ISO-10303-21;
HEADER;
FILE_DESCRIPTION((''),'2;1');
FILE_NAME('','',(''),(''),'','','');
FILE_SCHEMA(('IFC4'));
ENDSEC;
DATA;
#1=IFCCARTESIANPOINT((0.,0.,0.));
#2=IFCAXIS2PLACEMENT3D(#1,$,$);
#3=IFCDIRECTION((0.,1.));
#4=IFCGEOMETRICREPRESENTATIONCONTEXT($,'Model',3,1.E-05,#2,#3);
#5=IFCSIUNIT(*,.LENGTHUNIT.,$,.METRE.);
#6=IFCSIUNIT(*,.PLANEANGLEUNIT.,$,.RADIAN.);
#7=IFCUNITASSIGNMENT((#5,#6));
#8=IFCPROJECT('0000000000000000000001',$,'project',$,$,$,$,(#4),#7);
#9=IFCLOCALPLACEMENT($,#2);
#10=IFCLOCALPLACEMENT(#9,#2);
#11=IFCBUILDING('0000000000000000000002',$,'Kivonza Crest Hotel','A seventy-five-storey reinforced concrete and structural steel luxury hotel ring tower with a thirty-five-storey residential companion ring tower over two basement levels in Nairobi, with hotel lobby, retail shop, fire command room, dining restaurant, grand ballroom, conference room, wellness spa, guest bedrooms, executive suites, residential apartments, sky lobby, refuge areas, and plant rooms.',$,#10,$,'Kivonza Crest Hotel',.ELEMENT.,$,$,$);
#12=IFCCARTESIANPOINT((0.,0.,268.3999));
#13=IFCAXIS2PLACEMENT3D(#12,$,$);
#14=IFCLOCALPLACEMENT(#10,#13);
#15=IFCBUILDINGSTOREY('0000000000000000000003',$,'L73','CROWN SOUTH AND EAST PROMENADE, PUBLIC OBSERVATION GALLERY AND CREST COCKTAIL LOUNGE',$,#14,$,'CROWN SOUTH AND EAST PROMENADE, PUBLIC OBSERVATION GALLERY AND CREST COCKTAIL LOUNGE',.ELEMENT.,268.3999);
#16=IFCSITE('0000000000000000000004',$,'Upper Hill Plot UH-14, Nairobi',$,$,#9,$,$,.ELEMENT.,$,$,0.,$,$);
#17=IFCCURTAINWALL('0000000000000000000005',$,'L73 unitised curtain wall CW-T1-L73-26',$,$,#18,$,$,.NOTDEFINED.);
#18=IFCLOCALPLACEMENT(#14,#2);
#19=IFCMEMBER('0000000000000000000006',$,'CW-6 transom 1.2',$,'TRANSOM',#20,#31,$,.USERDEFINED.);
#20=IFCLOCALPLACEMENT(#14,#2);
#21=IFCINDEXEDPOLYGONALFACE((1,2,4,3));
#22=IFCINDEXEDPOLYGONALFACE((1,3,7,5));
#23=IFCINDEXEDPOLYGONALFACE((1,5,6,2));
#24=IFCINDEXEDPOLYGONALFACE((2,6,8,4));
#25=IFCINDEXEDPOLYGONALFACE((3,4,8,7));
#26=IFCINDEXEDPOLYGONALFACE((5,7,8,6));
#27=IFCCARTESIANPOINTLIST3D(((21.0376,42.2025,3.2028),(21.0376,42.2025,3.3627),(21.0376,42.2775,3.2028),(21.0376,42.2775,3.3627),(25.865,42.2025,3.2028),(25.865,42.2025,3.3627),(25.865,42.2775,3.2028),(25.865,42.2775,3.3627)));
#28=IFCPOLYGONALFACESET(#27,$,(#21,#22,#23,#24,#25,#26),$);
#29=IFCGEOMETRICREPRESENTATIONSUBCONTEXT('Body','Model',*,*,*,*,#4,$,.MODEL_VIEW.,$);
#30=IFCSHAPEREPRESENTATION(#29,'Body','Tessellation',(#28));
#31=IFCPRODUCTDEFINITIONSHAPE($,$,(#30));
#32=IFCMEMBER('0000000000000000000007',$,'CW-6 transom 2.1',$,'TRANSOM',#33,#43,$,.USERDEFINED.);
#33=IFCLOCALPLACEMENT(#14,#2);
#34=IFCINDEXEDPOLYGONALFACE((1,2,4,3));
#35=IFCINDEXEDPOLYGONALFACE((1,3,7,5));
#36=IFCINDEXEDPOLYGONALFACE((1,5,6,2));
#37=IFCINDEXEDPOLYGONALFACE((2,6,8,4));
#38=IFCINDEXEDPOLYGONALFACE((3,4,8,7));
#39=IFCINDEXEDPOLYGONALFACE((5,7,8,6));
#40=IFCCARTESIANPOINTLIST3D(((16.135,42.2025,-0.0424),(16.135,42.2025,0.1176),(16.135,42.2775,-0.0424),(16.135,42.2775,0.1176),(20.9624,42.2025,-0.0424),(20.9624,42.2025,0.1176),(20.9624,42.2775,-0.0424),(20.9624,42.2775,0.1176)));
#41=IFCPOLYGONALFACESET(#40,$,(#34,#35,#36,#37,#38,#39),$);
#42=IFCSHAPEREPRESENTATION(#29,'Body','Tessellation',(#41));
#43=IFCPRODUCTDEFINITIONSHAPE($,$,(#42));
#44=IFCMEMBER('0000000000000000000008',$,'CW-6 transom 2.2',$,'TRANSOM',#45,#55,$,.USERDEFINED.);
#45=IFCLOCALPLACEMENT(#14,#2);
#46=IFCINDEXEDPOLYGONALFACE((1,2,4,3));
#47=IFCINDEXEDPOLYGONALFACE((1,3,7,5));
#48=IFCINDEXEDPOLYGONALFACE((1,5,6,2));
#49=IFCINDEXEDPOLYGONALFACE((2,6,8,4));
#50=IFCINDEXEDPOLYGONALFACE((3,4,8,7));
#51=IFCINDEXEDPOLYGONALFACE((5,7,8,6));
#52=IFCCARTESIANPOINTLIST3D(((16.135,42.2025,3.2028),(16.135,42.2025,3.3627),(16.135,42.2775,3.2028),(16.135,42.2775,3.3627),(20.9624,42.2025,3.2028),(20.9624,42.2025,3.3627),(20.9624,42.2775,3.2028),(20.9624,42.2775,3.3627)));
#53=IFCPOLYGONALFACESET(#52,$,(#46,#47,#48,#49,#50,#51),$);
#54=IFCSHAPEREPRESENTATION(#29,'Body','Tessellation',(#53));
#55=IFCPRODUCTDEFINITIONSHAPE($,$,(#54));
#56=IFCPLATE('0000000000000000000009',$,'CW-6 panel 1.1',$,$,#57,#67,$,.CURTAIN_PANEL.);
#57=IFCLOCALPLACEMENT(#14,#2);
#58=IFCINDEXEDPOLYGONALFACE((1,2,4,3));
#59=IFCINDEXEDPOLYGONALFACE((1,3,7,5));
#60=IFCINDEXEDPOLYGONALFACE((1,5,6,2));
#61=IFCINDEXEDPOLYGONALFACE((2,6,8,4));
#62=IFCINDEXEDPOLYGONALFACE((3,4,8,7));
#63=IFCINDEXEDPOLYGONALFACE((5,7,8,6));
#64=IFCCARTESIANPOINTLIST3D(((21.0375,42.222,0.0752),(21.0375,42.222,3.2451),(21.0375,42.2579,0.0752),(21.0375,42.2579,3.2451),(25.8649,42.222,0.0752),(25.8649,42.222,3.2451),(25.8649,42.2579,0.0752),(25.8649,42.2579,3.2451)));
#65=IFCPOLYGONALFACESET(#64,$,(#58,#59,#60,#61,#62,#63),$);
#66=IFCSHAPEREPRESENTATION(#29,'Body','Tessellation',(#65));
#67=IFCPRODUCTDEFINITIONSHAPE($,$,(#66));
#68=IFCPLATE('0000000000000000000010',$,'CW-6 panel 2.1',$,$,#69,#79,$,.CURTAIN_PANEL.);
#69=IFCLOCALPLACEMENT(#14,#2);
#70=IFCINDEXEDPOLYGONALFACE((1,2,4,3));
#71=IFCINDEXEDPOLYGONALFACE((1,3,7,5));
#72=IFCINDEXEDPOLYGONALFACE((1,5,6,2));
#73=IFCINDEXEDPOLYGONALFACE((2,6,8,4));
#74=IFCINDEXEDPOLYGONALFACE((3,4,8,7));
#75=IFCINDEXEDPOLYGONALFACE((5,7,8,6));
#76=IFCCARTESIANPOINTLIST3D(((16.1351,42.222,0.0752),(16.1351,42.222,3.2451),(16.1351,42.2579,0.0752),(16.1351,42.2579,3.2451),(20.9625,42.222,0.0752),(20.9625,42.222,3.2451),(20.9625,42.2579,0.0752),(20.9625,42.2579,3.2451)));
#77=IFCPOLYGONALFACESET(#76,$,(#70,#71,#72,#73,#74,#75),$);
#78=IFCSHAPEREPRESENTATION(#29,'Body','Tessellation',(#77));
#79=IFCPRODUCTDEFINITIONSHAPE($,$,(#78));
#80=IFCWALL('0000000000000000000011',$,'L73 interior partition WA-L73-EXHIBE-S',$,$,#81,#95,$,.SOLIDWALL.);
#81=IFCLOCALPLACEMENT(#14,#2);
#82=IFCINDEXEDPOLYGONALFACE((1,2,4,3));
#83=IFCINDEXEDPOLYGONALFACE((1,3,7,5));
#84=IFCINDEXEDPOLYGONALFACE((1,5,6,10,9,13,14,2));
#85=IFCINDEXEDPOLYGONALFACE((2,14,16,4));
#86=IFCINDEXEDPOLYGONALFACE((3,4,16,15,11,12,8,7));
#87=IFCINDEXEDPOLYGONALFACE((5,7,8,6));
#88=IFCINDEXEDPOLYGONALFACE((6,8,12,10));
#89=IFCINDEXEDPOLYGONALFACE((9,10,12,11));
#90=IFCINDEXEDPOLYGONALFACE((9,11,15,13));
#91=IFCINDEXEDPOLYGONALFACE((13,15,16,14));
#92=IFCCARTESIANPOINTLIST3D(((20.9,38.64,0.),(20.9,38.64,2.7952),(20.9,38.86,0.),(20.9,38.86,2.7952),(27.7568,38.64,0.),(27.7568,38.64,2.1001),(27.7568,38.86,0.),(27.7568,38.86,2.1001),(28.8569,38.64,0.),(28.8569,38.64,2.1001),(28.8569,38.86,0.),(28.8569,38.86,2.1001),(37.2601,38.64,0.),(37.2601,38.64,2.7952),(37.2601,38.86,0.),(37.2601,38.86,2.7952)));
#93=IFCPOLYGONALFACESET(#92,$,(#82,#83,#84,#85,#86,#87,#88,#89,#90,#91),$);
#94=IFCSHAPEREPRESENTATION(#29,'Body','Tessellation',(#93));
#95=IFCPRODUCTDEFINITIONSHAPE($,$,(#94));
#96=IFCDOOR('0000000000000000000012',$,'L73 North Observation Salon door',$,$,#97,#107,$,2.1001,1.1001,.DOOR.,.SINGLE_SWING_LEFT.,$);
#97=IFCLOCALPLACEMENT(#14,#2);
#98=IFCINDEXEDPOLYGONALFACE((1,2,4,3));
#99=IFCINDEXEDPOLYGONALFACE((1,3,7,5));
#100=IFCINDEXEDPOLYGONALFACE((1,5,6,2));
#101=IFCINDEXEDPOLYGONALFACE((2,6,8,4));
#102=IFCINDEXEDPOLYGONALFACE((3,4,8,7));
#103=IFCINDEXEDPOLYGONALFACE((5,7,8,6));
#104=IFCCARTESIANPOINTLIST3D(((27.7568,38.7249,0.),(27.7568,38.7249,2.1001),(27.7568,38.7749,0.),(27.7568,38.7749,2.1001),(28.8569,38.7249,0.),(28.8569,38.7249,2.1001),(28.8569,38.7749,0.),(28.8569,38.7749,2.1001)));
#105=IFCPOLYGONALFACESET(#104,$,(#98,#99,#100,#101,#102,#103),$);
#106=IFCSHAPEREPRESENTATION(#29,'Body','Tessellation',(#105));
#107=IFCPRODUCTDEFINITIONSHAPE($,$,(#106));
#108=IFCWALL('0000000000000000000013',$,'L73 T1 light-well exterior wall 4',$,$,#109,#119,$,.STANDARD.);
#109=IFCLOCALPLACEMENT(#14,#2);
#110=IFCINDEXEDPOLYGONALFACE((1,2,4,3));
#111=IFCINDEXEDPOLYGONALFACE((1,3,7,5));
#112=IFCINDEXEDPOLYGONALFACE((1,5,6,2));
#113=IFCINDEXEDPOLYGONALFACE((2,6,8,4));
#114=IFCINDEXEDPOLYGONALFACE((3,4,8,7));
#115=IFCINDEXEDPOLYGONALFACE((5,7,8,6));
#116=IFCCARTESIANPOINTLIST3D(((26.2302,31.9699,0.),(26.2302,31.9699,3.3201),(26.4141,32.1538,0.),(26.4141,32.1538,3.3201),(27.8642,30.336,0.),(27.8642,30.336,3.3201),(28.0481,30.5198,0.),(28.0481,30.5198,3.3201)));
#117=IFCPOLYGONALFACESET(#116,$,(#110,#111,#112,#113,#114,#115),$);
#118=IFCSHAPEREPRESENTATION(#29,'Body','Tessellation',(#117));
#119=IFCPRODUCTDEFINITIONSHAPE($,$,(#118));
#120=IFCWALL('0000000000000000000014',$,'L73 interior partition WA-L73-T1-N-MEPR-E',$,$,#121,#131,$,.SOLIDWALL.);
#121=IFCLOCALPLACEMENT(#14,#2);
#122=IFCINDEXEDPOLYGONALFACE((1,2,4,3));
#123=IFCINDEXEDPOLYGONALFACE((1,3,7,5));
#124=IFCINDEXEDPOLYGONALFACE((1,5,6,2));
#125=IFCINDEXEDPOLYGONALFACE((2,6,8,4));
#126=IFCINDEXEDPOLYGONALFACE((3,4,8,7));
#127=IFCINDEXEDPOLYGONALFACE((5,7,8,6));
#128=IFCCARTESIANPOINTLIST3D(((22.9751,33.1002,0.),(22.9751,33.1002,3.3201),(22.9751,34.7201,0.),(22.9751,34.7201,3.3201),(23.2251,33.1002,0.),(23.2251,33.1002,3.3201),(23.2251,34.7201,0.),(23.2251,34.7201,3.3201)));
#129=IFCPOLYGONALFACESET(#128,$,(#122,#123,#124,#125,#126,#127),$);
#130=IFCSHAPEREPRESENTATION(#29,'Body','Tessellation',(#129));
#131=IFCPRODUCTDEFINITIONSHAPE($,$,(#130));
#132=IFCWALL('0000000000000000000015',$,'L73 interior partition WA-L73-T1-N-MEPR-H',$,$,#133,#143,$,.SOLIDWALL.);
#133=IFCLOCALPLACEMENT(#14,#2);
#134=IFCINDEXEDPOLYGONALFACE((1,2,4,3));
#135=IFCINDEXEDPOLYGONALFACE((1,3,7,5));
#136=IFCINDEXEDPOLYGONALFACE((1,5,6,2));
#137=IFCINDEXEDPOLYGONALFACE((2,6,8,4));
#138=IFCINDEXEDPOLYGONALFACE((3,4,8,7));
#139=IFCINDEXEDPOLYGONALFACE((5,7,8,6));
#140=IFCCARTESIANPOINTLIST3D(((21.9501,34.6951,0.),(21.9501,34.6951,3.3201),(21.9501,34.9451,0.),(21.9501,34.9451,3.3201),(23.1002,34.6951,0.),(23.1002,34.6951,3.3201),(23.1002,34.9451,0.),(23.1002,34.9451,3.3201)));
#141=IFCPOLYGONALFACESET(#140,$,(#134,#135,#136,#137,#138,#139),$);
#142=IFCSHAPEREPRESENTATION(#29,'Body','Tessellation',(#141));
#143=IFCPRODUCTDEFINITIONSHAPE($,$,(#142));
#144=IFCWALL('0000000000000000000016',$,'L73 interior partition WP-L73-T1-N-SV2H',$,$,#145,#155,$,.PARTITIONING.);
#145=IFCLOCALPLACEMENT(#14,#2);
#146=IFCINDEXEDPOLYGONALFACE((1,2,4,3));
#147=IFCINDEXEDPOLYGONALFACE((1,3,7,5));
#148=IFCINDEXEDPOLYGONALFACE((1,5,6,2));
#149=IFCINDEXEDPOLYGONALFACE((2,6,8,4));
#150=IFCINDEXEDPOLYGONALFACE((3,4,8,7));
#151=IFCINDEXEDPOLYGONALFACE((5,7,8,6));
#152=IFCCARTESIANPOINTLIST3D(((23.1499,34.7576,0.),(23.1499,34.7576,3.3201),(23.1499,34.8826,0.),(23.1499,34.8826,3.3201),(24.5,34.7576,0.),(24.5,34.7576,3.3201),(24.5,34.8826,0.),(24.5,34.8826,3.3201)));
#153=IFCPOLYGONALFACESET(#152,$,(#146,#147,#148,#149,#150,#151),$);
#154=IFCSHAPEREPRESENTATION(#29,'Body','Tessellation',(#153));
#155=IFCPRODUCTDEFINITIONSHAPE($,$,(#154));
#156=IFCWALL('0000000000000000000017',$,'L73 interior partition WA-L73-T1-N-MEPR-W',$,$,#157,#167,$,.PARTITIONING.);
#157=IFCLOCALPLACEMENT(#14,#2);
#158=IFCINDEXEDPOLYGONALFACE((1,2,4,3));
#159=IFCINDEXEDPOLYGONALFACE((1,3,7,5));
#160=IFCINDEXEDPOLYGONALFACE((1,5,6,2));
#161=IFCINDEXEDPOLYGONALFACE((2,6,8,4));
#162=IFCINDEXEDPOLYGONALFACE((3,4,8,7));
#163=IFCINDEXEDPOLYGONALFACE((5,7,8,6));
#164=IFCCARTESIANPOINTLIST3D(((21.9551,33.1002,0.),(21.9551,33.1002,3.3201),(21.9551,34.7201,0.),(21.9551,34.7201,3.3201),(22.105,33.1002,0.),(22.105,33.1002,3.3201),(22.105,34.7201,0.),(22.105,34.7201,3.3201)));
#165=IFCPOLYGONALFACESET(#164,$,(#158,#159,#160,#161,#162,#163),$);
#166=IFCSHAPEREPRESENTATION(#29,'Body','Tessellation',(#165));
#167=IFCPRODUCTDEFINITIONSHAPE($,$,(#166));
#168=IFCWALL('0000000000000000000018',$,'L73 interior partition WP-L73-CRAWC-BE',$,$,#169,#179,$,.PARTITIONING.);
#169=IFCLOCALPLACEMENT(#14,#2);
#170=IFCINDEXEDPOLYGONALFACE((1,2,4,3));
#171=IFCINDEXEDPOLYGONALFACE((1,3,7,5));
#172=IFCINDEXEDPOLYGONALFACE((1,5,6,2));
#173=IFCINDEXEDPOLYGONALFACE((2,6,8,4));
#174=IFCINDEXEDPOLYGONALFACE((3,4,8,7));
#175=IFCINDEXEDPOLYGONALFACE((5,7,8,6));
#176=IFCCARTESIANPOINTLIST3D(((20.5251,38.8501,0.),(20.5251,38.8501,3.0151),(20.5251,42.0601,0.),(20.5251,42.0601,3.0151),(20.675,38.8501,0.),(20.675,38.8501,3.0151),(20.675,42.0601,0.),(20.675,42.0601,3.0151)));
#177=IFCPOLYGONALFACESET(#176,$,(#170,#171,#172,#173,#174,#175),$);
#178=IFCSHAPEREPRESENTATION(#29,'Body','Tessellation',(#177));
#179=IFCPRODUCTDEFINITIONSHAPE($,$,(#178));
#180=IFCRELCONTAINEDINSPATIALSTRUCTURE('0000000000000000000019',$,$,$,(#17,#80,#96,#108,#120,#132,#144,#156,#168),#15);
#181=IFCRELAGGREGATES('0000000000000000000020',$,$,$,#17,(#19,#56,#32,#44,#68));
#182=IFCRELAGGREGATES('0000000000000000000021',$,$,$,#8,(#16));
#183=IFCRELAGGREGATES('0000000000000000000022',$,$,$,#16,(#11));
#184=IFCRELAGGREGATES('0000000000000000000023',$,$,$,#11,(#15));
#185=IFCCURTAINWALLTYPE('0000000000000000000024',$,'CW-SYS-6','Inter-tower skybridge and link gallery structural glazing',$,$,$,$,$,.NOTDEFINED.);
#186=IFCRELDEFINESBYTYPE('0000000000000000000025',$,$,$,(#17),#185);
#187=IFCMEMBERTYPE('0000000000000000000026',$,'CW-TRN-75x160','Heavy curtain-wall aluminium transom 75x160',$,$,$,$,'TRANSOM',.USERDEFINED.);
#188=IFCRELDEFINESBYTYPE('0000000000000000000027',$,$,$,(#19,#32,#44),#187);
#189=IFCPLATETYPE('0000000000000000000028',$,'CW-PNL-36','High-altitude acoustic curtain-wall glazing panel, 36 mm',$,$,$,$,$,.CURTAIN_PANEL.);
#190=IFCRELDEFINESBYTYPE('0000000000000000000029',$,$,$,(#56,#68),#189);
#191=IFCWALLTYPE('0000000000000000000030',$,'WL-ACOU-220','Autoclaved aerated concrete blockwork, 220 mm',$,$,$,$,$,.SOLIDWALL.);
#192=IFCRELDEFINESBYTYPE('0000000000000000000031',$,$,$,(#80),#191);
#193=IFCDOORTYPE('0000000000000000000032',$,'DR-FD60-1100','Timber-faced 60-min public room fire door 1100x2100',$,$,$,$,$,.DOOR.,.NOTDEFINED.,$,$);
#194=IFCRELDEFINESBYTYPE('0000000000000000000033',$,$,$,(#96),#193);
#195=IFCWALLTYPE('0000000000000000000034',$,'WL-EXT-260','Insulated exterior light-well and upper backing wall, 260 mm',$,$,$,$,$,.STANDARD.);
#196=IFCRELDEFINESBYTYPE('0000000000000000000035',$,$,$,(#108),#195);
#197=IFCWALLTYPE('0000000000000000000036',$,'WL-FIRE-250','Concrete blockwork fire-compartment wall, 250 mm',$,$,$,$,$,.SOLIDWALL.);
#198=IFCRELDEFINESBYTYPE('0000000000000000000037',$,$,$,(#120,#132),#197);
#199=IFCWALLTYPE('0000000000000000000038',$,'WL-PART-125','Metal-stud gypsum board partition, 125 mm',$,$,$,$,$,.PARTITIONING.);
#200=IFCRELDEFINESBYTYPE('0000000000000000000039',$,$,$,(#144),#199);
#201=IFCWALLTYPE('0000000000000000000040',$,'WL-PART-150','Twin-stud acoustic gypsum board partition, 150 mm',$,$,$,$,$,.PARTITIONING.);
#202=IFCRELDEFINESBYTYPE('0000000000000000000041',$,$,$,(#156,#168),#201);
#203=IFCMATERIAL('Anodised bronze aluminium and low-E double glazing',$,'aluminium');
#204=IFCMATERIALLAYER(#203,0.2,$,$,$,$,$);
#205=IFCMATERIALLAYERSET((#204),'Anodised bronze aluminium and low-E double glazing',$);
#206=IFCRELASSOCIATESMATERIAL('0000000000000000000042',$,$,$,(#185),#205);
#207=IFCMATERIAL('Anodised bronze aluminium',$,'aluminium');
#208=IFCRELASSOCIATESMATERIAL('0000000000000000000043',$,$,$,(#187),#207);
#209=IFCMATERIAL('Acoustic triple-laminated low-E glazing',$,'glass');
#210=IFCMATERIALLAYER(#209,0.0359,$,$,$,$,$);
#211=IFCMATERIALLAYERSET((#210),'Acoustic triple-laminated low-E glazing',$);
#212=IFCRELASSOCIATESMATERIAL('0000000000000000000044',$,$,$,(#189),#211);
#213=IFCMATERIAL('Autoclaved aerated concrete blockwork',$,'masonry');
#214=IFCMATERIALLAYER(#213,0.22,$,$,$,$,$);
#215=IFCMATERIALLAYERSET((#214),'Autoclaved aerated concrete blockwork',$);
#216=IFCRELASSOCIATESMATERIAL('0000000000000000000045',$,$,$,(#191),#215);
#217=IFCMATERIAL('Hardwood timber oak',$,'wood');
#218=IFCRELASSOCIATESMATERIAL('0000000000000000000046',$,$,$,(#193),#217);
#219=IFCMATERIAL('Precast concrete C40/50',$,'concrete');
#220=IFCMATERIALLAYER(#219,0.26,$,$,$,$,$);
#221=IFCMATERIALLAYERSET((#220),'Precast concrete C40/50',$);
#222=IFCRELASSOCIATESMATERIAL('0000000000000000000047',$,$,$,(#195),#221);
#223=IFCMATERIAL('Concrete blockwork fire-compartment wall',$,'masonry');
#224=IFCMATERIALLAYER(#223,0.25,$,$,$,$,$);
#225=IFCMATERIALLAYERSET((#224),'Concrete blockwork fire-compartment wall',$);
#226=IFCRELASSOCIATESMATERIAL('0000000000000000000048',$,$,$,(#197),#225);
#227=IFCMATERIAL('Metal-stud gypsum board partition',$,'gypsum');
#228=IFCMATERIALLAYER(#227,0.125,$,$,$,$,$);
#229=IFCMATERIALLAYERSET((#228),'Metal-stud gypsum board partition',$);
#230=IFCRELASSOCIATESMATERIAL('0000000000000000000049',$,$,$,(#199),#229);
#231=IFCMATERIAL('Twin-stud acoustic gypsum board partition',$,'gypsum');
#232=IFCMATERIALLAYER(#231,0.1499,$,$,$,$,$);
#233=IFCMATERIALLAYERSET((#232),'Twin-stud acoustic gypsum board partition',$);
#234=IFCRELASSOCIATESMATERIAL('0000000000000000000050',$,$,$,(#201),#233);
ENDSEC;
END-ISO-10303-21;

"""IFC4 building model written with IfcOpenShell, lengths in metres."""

from ifc_helpers import new_model, si_unit, direction, frame, frame_2d, origin, origin_2d, place, context, subcontext, project, spatial, rectangle, extrude, material, layer, layer_set, material_profile, profile_set, type_object, element, fill, aggregate, save


model = new_model("IFC4")

# Units and contexts
model_context = context("Model", 3, precision=1e-05, world=origin(), true_north=direction((0.0, 1.0)))
body_context = subcontext(model_context, "Body", "Model", "MODEL_VIEW")
ifc_project = project(units=[si_unit("LENGTHUNIT", "METRE"), si_unit("PLANEANGLEUNIT", "RADIAN")], contexts=[model_context])

# Site, building, storey
site_placement = place(None, origin())
site = spatial("IfcSite", under=ifc_project, at=site_placement, Name="Upper Hill Plot UH-14, Nairobi", CompositionType="ELEMENT", RefElevation=0.0)
building_placement = place(site_placement, origin())
building = spatial("IfcBuilding", under=site, at=building_placement, Name="Kivonza Crest Hotel", Description="A seventy-five-storey reinforced concrete and structural steel luxury hotel ring tower with a thirty-five-storey residential companion ring tower over two basement levels in Nairobi, with hotel lobby, retail shop, fire command room, dining restaurant, grand ballroom, conference room, wellness spa, guest bedrooms, executive suites, residential apartments, sky lobby, refuge areas, and plant rooms.", LongName="Kivonza Crest Hotel", CompositionType="ELEMENT")
storey_placement = place(building_placement, frame((0.0, 0.0, 268.3999)))
storey = spatial("IfcBuildingStorey", under=building, at=storey_placement, Name="L73", Description="CROWN SOUTH AND EAST PROMENADE, PUBLIC OBSERVATION GALLERY AND CREST COCKTAIL LOUNGE", LongName="CROWN SOUTH AND EAST PROMENADE, PUBLIC OBSERVATION GALLERY AND CREST COCKTAIL LOUNGE", CompositionType="ELEMENT", Elevation=268.3999)

# Curtain wall, members, plates
ifc_material_1 = material(Name="Anodised bronze aluminium and low-E double glazing", Category="aluminium")
ifc_layer_1 = layer(ifc_material_1, 0.2)
ifc_layer_set_1 = layer_set([ifc_layer_1], Name="Anodised bronze aluminium and low-E double glazing")
curtain_wall_type = type_object("IfcCurtainWallType", Name="CW-SYS-6", Description="Inter-tower skybridge and link gallery structural glazing", PredefinedType="NOTDEFINED", material=ifc_layer_set_1)
curtain_wall_placement = place(storey_placement, origin())
curtain_wall = element("IfcCurtainWall", 1, at=curtain_wall_placement, inside=storey, type_object=curtain_wall_type, Name="L73 unitised curtain wall CW-T1-L73-26", PredefinedType="NOTDEFINED")
ifc_material_2 = material(Name="Anodised bronze aluminium", Category="aluminium")
ifc_material_profile_1 = material_profile(ifc_material_2, rectangle(XDim=0.075, YDim=0.1599, at=origin_2d()), Name="CW-T 75x160")
ifc_profile_set_1 = profile_set([ifc_material_profile_1], Name="Anodised bronze aluminium")
member_type_1 = type_object("IfcMemberType", Name="CW-TRN-75x160", Description="Heavy curtain-wall aluminium transom 75x160", ElementType="TRANSOM", PredefinedType="USERDEFINED", material=ifc_profile_set_1)
member_1_placement = place(storey_placement, frame((25.865, 42.24, 3.2827), z_axis=(-1.0, 0.0, 0.0), x_axis=(0.0, -1.0, 0.0)))
member_1 = element("IfcMember", 2, at=member_1_placement, type_object=member_type_1, Name="CW-6 transom 1.2", ObjectType="TRANSOM", PredefinedType="USERDEFINED", context=body_context, shape_type="SweptSolid", body=[
    extrude(rectangle(XDim=0.075, YDim=0.1599, at=origin_2d()), origin(), (0.0, 0.0, 1.0), 4.8274),
])
member_2_placement = place(storey_placement, frame((20.9624, 42.24, 0.0376), z_axis=(-1.0, 0.0, 0.0), x_axis=(0.0, -1.0, 0.0)))
member_2 = element("IfcMember", 3, at=member_2_placement, type_object=member_type_1, Name="CW-6 transom 2.1", ObjectType="TRANSOM", PredefinedType="USERDEFINED", context=body_context, shape_type="SweptSolid", body=[
    extrude(rectangle(XDim=0.075, YDim=0.1599, at=origin_2d()), origin(), (0.0, 0.0, 1.0), 4.8274),
])
member_3_placement = place(storey_placement, frame((20.9624, 42.24, 3.2827), z_axis=(-1.0, 0.0, 0.0), x_axis=(0.0, -1.0, 0.0)))
member_3 = element("IfcMember", 4, at=member_3_placement, type_object=member_type_1, Name="CW-6 transom 2.2", ObjectType="TRANSOM", PredefinedType="USERDEFINED", context=body_context, shape_type="SweptSolid", body=[
    extrude(rectangle(XDim=0.075, YDim=0.1599, at=origin_2d()), origin(), (0.0, 0.0, 1.0), 4.8274),
])
ifc_material_3 = material(Name="Acoustic triple-laminated low-E glazing", Category="glass")
ifc_layer_2 = layer(ifc_material_3, 0.0359)
ifc_layer_set_2 = layer_set([ifc_layer_2], Name="Acoustic triple-laminated low-E glazing")
plate_type = type_object("IfcPlateType", Name="CW-PNL-36", Description="High-altitude acoustic curtain-wall glazing panel, 36 mm", PredefinedType="CURTAIN_PANEL", material=ifc_layer_set_2)
plate_1_placement = place(storey_placement, frame((23.4512, 42.24, 0.0752), z_axis=(0.0, 0.0, 1.0), x_axis=(-1.0, 0.0, 0.0)))
plate_1 = element("IfcPlate", 5, at=plate_1_placement, type_object=plate_type, Name="CW-6 panel 1.1", PredefinedType="CURTAIN_PANEL", context=body_context, shape_type="SweptSolid", body=[
    extrude(rectangle(XDim=4.8274, YDim=0.0359, at=origin_2d()), origin(), (0.0, 0.0, 1.0), 3.1699),
])
plate_2_placement = place(storey_placement, frame((18.5488, 42.24, 0.0752), z_axis=(0.0, 0.0, 1.0), x_axis=(-1.0, 0.0, 0.0)))
plate_2 = element("IfcPlate", 6, at=plate_2_placement, type_object=plate_type, Name="CW-6 panel 2.1", PredefinedType="CURTAIN_PANEL", context=body_context, shape_type="SweptSolid", body=[
    extrude(rectangle(XDim=4.8274, YDim=0.0359, at=origin_2d()), origin(), (0.0, 0.0, 1.0), 3.1699),
])
aggregate(curtain_wall, [member_1, plate_1, member_2, member_3, plate_2])

# Wall, opening, door
ifc_material_4 = material(Name="Autoclaved aerated concrete blockwork", Category="masonry")
ifc_layer_3 = layer(ifc_material_4, 0.22)
ifc_layer_set_3 = layer_set([ifc_layer_3], Name="Autoclaved aerated concrete blockwork")
wall_type_1 = type_object("IfcWallType", Name="WL-ACOU-220", Description="Autoclaved aerated concrete blockwork, 220 mm", PredefinedType="SOLIDWALL", material=ifc_layer_set_3)
wall_1_placement = place(storey_placement, frame((20.8999, 38.75, 0.0), z_axis=(0.0, 0.0, 1.0), x_axis=(1.0, 0.0, 0.0)))
wall_1 = element("IfcWall", 7, at=wall_1_placement, inside=storey, type_object=wall_type_1, Name="L73 interior partition WA-L73-EXHIBE-S", PredefinedType="SOLIDWALL", context=body_context, shape_type="SweptSolid", body=[
    extrude(rectangle(XDim=16.3601, YDim=0.22, at=frame_2d((8.1802, 0.0))), origin(), (0.0, 0.0, 1.0), 2.7952),
])
opening_1_placement = place(wall_1_placement, frame((6.8569, 0.0, 0.0)))
opening_1 = element("IfcOpeningElement", 8, at=opening_1_placement, cuts=wall_1, PredefinedType="OPENING", context=body_context, shape_type="SweptSolid", body=[
    extrude(rectangle(XDim=1.1001, YDim=2.1001, at=frame_2d((0.55, 1.05))), frame((0.0, 0.1201, 0.0), z_axis=(0.0, -1.0, 0.0), x_axis=(1.0, 0.0, 0.0)), (0.0, 0.0, 1.0), 0.24),
])
ifc_material_5 = material(Name="Hardwood timber oak", Category="wood")
door_type_1 = type_object("IfcDoorType", Name="DR-FD60-1100", Description="Timber-faced 60-min public room fire door 1100x2100", OperationType="NOTDEFINED", PredefinedType="DOOR", material=ifc_material_5)
door_1_placement = place(opening_1_placement, origin())
door_1 = element("IfcDoor", 9, at=door_1_placement, inside=storey, type_object=door_type_1, Name="L73 North Observation Salon door", OperationType="SINGLE_SWING_LEFT", OverallHeight=2.1001, OverallWidth=1.1001, PredefinedType="DOOR", context=body_context, shape_type="SweptSolid", body=[
    extrude(rectangle(XDim=1.1001, YDim=2.1001, at=frame_2d((0.55, 1.05))), frame((0.0, 0.0249, 0.0), z_axis=(0.0, -1.0, 0.0), x_axis=(1.0, 0.0, 0.0)), (0.0, 0.0, 1.0), 0.05),
])
fill(opening_1, door_1)

# Walls
ifc_material_6 = material(Name="Precast concrete C40/50", Category="concrete")
ifc_layer_4 = layer(ifc_material_6, 0.26)
ifc_layer_set_4 = layer_set([ifc_layer_4], Name="Precast concrete C40/50")
wall_type_2 = type_object("IfcWallType", Name="WL-EXT-260", Description="Insulated exterior light-well and upper backing wall, 260 mm", PredefinedType="STANDARD", material=ifc_layer_set_4)
wall_2_placement = place(storey_placement, frame((27.9561, 30.428, 0.0), z_axis=(0.0, 0.0, 1.0), x_axis=(-0.707107, 0.707107, 0.0)))
element("IfcWall", 10, at=wall_2_placement, inside=storey, type_object=wall_type_2, Name="L73 T1 light-well exterior wall 4", PredefinedType="STANDARD", context=body_context, shape_type="SweptSolid", body=[
    extrude(rectangle(XDim=2.3108, YDim=0.26, at=frame_2d((1.1553, 0.0))), origin(), (0.0, 0.0, 1.0), 3.3201),
])
ifc_material_7 = material(Name="Concrete blockwork fire-compartment wall", Category="masonry")
ifc_layer_5 = layer(ifc_material_7, 0.25)
ifc_layer_set_5 = layer_set([ifc_layer_5], Name="Concrete blockwork fire-compartment wall")
wall_type_3 = type_object("IfcWallType", Name="WL-FIRE-250", Description="Concrete blockwork fire-compartment wall, 250 mm", PredefinedType="SOLIDWALL", material=ifc_layer_set_5)
wall_3_placement = place(storey_placement, frame((23.1001, 33.1001, 0.0), z_axis=(0.0, 0.0, 1.0), x_axis=(0.0, 1.0, 0.0)))
element("IfcWall", 11, at=wall_3_placement, inside=storey, type_object=wall_type_3, Name="L73 interior partition WA-L73-T1-N-MEPR-E", PredefinedType="SOLIDWALL", context=body_context, shape_type="SweptSolid", body=[
    extrude(rectangle(XDim=1.6199, YDim=0.25, at=frame_2d((0.8101, 0.0))), origin(), (0.0, 0.0, 1.0), 3.3201),
])
wall_4_placement = place(storey_placement, frame((21.95, 34.8201, 0.0), z_axis=(0.0, 0.0, 1.0), x_axis=(1.0, 0.0, 0.0)))
element("IfcWall", 12, at=wall_4_placement, inside=storey, type_object=wall_type_3, Name="L73 interior partition WA-L73-T1-N-MEPR-H", PredefinedType="SOLIDWALL", context=body_context, shape_type="SweptSolid", body=[
    extrude(rectangle(XDim=1.1501, YDim=0.25, at=frame_2d((0.5752, 0.0))), origin(), (0.0, 0.0, 1.0), 3.3201),
])
ifc_material_8 = material(Name="Metal-stud gypsum board partition", Category="gypsum")
ifc_layer_6 = layer(ifc_material_8, 0.125)
ifc_layer_set_6 = layer_set([ifc_layer_6], Name="Metal-stud gypsum board partition")
wall_type_4 = type_object("IfcWallType", Name="WL-PART-125", Description="Metal-stud gypsum board partition, 125 mm", PredefinedType="PARTITIONING", material=ifc_layer_set_6)
wall_5_placement = place(storey_placement, frame((23.1499, 34.8201, 0.0), z_axis=(0.0, 0.0, 1.0), x_axis=(1.0, 0.0, 0.0)))
element("IfcWall", 13, at=wall_5_placement, inside=storey, type_object=wall_type_4, Name="L73 interior partition WP-L73-T1-N-SV2H", PredefinedType="PARTITIONING", context=body_context, shape_type="SweptSolid", body=[
    extrude(rectangle(XDim=1.3501, YDim=0.125, at=frame_2d((0.675, 0.0))), origin(), (0.0, 0.0, 1.0), 3.3201),
])
ifc_material_9 = material(Name="Twin-stud acoustic gypsum board partition", Category="gypsum")
ifc_layer_7 = layer(ifc_material_9, 0.1499)
ifc_layer_set_7 = layer_set([ifc_layer_7], Name="Twin-stud acoustic gypsum board partition")
wall_type_5 = type_object("IfcWallType", Name="WL-PART-150", Description="Twin-stud acoustic gypsum board partition, 150 mm", PredefinedType="PARTITIONING", material=ifc_layer_set_7)
wall_6_placement = place(storey_placement, frame((22.03, 33.1001, 0.0), z_axis=(0.0, 0.0, 1.0), x_axis=(0.0, 1.0, 0.0)))
element("IfcWall", 14, at=wall_6_placement, inside=storey, type_object=wall_type_5, Name="L73 interior partition WA-L73-T1-N-MEPR-W", PredefinedType="PARTITIONING", context=body_context, shape_type="SweptSolid", body=[
    extrude(rectangle(XDim=1.6199, YDim=0.1499, at=frame_2d((0.8101, 0.0))), origin(), (0.0, 0.0, 1.0), 3.3201),
])
for number, where, z_axis, x_axis, name in (
    (15, (20.6001, 38.8501, 0.0), (0.0, 0.0, 1.0), (0.0, 1.0, 0.0), "L73 interior partition WP-L73-CRAWC-BE"),
):
    element("IfcWall", number, at=place(storey_placement, frame(where, z_axis=z_axis, x_axis=x_axis)), inside=storey, type_object=wall_type_5, Name=name, PredefinedType="PARTITIONING", context=body_context, shape_type="SweptSolid", body=[
        extrude(rectangle(XDim=3.21, YDim=0.1499, at=frame_2d((1.605, 0.0))), origin(), (0.0, 0.0, 1.0), 3.0151),
    ])

save(model, "model.ifc")
